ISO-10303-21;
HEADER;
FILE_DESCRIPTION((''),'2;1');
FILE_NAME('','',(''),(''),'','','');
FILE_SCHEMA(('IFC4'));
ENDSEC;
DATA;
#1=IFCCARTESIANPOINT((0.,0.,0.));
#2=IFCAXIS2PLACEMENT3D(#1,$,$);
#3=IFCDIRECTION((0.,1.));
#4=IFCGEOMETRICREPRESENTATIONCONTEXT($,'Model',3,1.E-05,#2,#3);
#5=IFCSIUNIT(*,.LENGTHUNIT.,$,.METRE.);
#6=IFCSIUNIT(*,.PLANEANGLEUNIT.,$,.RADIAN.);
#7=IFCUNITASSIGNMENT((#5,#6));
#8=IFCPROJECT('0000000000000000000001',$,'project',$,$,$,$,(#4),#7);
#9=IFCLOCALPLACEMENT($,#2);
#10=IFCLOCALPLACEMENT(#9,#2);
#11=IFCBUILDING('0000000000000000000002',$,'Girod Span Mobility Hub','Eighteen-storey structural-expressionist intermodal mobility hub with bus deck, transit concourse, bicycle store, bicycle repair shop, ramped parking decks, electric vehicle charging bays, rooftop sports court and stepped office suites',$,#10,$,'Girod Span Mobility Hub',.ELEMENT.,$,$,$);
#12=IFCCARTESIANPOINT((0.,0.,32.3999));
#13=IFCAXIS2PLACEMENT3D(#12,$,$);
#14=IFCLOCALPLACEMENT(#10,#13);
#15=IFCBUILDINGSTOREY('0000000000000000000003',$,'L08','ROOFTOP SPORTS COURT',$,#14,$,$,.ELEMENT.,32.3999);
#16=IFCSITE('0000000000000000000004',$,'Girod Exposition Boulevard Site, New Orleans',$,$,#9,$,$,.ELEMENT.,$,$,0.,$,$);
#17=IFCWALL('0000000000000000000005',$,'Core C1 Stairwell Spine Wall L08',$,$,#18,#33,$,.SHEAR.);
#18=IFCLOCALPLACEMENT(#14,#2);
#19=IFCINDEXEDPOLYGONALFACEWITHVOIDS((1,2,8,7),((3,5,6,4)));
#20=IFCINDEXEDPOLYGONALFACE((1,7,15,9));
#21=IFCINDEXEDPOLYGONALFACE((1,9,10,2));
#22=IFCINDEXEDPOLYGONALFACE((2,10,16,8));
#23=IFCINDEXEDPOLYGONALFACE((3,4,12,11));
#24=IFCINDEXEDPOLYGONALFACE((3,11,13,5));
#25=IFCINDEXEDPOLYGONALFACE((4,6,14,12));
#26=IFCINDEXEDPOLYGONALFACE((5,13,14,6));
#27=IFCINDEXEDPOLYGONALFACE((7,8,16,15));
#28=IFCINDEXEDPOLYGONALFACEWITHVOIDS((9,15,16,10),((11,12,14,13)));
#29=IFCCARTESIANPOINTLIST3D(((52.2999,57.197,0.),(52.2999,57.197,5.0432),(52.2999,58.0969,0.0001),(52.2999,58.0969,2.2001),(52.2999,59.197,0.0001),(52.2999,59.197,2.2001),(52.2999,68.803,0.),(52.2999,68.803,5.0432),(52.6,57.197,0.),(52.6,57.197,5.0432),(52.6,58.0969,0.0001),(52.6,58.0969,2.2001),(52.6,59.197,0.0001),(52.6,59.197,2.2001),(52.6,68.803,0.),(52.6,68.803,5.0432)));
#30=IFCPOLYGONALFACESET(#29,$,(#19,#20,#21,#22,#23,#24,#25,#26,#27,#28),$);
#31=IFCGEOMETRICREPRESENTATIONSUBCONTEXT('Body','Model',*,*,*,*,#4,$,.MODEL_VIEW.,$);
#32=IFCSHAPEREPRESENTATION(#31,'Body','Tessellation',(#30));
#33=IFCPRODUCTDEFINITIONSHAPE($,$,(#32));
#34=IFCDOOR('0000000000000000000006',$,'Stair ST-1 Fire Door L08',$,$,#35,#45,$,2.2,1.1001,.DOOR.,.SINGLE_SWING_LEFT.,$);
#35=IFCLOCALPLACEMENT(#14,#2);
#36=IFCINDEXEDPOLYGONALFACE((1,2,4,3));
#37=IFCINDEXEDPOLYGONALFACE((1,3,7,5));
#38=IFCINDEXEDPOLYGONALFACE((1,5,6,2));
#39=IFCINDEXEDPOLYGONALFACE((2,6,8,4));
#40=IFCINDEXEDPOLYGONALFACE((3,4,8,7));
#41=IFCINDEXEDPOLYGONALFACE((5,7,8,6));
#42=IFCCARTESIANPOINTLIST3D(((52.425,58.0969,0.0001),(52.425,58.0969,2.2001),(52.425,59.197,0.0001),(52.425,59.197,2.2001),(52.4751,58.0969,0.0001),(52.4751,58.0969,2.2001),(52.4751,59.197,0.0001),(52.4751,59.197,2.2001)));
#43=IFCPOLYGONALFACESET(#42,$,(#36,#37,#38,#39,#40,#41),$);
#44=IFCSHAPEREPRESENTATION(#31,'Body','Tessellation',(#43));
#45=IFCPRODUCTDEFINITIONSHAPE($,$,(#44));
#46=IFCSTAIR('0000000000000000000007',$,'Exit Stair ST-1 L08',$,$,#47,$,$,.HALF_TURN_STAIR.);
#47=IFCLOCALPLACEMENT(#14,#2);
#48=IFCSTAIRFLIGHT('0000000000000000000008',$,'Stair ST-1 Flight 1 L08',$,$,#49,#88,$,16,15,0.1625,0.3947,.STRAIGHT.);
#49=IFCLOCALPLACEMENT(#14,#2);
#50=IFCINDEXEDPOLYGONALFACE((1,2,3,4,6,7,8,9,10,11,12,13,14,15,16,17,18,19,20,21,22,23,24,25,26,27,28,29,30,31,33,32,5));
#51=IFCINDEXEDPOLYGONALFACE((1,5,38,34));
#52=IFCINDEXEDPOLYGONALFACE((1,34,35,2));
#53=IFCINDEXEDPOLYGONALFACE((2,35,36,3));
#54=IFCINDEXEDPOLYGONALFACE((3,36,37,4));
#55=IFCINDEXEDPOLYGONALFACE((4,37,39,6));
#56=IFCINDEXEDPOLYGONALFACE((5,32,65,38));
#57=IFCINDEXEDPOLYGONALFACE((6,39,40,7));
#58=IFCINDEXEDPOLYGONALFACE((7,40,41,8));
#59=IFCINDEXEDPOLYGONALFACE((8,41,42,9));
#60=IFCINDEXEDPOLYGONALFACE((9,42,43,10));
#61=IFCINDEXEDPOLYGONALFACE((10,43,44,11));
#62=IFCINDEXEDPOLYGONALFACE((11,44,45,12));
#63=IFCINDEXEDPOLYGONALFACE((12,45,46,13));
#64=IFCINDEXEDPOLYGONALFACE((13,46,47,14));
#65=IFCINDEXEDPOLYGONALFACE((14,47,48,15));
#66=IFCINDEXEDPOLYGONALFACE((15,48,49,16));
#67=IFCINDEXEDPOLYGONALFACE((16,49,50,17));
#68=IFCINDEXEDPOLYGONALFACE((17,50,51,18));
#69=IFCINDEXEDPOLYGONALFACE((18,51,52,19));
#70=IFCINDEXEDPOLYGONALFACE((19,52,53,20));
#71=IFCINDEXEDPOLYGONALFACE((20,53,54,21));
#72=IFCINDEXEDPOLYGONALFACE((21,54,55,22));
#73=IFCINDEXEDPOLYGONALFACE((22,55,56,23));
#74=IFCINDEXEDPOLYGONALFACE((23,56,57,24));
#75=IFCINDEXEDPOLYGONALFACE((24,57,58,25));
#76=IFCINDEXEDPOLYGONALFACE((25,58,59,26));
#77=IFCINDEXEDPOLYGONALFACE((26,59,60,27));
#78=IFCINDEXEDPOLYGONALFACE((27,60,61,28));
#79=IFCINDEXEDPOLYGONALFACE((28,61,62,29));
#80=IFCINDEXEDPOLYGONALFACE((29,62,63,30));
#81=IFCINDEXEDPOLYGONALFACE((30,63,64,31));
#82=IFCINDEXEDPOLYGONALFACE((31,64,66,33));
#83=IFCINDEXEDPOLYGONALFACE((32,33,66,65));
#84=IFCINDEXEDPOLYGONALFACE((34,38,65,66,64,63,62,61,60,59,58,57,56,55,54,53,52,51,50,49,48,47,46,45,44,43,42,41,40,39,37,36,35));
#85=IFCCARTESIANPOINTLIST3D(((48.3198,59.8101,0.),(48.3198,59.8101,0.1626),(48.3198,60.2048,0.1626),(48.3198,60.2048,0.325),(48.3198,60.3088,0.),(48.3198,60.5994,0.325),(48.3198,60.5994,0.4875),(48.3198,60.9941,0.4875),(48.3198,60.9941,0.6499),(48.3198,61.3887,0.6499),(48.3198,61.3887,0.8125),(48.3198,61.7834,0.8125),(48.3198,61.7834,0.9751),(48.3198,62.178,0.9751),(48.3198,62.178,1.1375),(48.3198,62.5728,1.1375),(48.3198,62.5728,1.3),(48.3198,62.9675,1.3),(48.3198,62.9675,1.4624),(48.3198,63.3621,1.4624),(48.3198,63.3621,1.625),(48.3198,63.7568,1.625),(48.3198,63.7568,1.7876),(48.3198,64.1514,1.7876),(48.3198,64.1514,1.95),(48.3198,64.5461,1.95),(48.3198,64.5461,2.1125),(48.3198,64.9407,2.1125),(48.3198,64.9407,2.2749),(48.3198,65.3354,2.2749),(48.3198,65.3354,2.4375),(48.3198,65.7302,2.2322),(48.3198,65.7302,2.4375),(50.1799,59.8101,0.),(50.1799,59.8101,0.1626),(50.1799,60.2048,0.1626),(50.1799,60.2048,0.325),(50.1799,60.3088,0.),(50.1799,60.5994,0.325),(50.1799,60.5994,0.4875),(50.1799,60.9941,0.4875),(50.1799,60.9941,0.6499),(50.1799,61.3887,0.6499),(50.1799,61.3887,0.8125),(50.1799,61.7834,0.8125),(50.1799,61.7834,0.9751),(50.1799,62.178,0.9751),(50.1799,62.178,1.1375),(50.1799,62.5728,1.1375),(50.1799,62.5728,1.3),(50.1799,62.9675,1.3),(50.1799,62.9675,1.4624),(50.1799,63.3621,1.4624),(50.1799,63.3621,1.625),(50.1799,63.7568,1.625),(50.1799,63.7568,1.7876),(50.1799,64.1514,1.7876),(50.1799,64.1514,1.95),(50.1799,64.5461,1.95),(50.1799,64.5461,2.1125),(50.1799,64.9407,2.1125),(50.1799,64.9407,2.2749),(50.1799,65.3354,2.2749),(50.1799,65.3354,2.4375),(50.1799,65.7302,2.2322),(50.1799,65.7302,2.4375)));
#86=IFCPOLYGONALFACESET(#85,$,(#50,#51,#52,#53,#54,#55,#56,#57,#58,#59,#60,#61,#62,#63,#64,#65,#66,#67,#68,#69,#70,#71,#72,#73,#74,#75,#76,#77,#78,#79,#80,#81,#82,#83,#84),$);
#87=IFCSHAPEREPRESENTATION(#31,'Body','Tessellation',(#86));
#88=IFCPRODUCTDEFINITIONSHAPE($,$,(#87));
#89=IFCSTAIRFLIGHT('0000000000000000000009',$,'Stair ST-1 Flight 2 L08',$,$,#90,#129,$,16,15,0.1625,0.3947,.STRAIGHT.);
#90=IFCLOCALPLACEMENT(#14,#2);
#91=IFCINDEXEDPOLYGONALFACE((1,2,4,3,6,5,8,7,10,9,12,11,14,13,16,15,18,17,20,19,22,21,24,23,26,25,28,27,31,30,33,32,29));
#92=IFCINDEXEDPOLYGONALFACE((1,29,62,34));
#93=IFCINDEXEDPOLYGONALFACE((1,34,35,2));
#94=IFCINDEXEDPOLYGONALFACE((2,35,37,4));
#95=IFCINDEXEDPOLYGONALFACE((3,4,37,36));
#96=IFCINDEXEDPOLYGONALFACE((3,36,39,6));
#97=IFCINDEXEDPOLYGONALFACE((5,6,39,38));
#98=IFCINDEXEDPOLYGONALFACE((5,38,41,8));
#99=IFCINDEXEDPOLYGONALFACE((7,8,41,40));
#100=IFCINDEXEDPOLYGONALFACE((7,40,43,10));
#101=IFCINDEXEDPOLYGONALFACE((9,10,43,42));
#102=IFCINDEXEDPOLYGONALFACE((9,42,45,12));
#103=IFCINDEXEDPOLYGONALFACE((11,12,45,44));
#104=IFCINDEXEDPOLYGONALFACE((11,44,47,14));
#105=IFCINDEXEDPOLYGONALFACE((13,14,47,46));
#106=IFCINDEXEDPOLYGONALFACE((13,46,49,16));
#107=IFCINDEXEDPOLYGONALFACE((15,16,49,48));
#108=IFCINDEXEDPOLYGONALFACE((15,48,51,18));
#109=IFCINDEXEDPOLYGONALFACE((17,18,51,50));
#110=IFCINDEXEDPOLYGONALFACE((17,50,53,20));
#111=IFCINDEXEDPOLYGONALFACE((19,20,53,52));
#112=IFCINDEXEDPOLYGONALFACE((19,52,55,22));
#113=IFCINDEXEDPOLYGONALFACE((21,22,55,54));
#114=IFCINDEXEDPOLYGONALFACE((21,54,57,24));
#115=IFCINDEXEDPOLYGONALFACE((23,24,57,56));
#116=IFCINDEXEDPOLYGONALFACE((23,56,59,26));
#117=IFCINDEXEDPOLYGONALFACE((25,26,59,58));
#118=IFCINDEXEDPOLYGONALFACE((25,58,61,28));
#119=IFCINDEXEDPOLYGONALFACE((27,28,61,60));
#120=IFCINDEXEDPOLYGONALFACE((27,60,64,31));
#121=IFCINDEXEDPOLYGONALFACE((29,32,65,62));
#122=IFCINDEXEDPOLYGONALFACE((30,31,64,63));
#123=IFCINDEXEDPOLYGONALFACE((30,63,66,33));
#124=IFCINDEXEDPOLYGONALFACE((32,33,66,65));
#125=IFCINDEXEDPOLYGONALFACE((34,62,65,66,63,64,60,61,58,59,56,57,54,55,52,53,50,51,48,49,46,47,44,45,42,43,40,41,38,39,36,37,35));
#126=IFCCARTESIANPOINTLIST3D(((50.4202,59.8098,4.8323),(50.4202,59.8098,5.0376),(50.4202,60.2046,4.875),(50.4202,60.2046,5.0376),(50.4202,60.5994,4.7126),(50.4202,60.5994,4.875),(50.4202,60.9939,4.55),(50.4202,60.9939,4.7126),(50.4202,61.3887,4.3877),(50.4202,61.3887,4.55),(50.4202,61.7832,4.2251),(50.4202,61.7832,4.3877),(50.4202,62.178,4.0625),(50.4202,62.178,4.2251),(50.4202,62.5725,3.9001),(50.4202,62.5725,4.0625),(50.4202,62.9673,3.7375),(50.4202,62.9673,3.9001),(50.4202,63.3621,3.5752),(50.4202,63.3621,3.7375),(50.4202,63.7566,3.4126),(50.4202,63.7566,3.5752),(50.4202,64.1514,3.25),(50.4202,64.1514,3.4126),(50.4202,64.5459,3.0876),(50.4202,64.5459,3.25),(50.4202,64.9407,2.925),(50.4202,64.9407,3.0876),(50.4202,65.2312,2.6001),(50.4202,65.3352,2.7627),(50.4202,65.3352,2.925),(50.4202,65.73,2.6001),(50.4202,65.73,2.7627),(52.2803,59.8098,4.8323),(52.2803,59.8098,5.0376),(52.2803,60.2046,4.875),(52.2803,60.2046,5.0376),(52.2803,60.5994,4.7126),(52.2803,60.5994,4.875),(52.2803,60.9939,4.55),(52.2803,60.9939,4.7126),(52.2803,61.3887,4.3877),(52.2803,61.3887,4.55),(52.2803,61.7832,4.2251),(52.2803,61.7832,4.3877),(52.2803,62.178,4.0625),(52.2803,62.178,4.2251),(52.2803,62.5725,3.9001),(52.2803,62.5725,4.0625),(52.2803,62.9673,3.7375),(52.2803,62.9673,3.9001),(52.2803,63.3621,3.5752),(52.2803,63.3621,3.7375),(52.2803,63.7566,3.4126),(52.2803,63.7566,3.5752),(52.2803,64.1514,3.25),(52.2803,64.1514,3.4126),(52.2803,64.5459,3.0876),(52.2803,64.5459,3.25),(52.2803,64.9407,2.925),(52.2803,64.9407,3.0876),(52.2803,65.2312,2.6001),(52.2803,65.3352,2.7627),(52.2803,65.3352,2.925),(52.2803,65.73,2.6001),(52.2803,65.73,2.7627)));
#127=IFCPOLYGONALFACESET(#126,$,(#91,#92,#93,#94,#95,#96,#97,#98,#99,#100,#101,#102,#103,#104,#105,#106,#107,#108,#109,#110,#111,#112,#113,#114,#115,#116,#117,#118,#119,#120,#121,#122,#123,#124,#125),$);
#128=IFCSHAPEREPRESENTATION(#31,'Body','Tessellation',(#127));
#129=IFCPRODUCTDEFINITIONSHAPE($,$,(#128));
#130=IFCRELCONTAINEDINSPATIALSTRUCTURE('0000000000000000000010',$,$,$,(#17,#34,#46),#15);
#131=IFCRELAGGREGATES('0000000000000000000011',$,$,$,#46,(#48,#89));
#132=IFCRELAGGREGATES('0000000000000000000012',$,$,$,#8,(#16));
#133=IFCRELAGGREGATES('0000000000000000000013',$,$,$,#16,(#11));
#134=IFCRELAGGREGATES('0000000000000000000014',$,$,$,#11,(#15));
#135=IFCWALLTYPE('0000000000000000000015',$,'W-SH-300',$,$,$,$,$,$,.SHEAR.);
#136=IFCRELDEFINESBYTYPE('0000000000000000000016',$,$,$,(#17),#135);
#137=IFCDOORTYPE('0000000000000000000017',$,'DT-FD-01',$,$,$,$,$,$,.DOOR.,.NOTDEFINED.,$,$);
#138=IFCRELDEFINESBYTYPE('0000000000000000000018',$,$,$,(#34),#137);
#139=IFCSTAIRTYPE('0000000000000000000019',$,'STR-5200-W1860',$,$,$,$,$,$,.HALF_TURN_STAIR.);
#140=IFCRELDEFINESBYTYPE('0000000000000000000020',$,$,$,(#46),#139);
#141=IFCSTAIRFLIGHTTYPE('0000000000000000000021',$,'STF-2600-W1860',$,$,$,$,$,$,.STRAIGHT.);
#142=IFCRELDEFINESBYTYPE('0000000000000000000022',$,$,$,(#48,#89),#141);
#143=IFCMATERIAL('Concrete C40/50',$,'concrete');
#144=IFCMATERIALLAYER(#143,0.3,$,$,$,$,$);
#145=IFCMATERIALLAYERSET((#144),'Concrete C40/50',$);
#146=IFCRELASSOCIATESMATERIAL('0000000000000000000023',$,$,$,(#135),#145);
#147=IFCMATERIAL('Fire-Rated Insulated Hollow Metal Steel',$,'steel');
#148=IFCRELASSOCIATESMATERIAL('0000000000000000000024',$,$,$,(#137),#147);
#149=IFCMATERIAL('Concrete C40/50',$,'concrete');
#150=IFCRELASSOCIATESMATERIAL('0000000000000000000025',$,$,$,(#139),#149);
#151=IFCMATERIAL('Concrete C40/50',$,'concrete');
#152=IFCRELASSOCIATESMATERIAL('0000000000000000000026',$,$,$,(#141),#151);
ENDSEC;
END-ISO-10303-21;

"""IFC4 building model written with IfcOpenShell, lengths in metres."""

from ifc_helpers import new_model, si_unit, direction, frame, frame_2d, origin, place, context, subcontext, project, spatial, polyline, rectangle, outline, extrude, material, layer, layer_set, type_object, element, fill, aggregate, save


model = new_model("IFC4")

# Units and contexts
model_context = context("Model", 3, precision=1e-05, world=origin(), true_north=direction((0.0, 1.0)))
body_context = subcontext(model_context, "Body", "Model", "MODEL_VIEW")
ifc_project = project(units=[si_unit("LENGTHUNIT", "METRE"), si_unit("PLANEANGLEUNIT", "RADIAN")], contexts=[model_context])

# Site, building, storey
site_placement = place(None, origin())
site = spatial("IfcSite", under=ifc_project, at=site_placement, Name="Girod Exposition Boulevard Site, New Orleans", CompositionType="ELEMENT", RefElevation=0.0)
building_placement = place(site_placement, origin())
building = spatial("IfcBuilding", under=site, at=building_placement, Name="Girod Span Mobility Hub", Description="Eighteen-storey structural-expressionist intermodal mobility hub with bus deck, transit concourse, bicycle store, bicycle repair shop, ramped parking decks, electric vehicle charging bays, rooftop sports court and stepped office suites", LongName="Girod Span Mobility Hub", CompositionType="ELEMENT")
storey_placement = place(building_placement, frame((0.0, 0.0, 32.3999)))
storey = spatial("IfcBuildingStorey", under=building, at=storey_placement, Name="L08", Description="ROOFTOP SPORTS COURT", CompositionType="ELEMENT", Elevation=32.3999)

# Wall, opening, door
ifc_material_1 = material(Name="Concrete C40/50", Category="concrete")
ifc_layer_1 = layer(ifc_material_1, 0.3)
ifc_layer_set_1 = layer_set([ifc_layer_1], Name="Concrete C40/50")
wall_type_1 = type_object("IfcWallType", Name="W-SH-300", PredefinedType="SHEAR", material=ifc_layer_set_1)
wall_1_placement = place(storey_placement, frame((52.45, 57.197, 0.0), z_axis=(0.0, 0.0, 1.0), x_axis=(0.0, 1.0, 0.0)))
wall_1 = element("IfcWall", 1, at=wall_1_placement, inside=storey, type_object=wall_type_1, Name="Core C1 Stairwell Spine Wall L08", PredefinedType="SHEAR", context=body_context, shape_type="SweptSolid", body=[
    extrude(rectangle(XDim=11.606, YDim=0.3, at=frame_2d((5.803, 0.0))), origin(), (0.0, 0.0, 1.0), 5.0432),
])
opening_1_placement = place(wall_1_placement, frame((0.8999, 0.0, 0.0)))
opening_1 = element("IfcOpeningElement", 2, at=opening_1_placement, cuts=wall_1, PredefinedType="OPENING", context=body_context, shape_type="SweptSolid", body=[
    extrude(rectangle(XDim=1.1001, YDim=2.2, at=frame_2d((0.55, 1.1001))), frame((0.0, 0.165, 0.0), z_axis=(0.0, -1.0, 0.0), x_axis=(1.0, 0.0, 0.0)), (0.0, 0.0, 1.0), 0.3301),
])
ifc_material_2 = material(Name="Fire-Rated Insulated Hollow Metal Steel", Category="steel")
door_type_1 = type_object("IfcDoorType", Name="DT-FD-01", OperationType="NOTDEFINED", PredefinedType="DOOR", material=ifc_material_2)
door_1_placement = place(opening_1_placement, origin())
door_1 = element("IfcDoor", 3, at=door_1_placement, inside=storey, type_object=door_type_1, Name="Stair ST-1 Fire Door L08", OperationType="SINGLE_SWING_LEFT", OverallHeight=2.2, OverallWidth=1.1001, PredefinedType="DOOR", context=body_context, shape_type="SweptSolid", body=[
    extrude(rectangle(XDim=1.1001, YDim=2.2, at=frame_2d((0.55, 1.1001))), frame((0.0, 0.0249, 0.0), z_axis=(0.0, -1.0, 0.0), x_axis=(1.0, 0.0, 0.0)), (0.0, 0.0, 1.0), 0.05),
])
fill(opening_1, door_1)

# Stair, stair flights
ifc_material_3 = material(Name="Concrete C40/50", Category="concrete")
stair_type = type_object("IfcStairType", Name="STR-5200-W1860", PredefinedType="HALF_TURN_STAIR", material=ifc_material_3)
stair_placement = place(storey_placement, origin())
stair = element("IfcStair", 4, at=stair_placement, inside=storey, type_object=stair_type, Name="Exit Stair ST-1 L08", PredefinedType="HALF_TURN_STAIR")
ifc_material_4 = material(Name="Concrete C40/50", Category="concrete")
stair_flight_type = type_object("IfcStairFlightType", Name="STF-2600-W1860", PredefinedType="STRAIGHT", material=ifc_material_4)
stair_flight_1_placement = place(storey_placement, frame((49.25, 59.8101, 0.0), z_axis=(0.0, 0.0, 1.0), x_axis=(0.0, 1.0, 0.0)))
stair_flight_1 = element("IfcStairFlight", 5, at=stair_flight_1_placement, type_object=stair_flight_type, Name="Stair ST-1 Flight 1 L08", NumberOfRisers=16, NumberOfTreads=15, PredefinedType="STRAIGHT", RiserHeight=0.1625, TreadLength=0.3947, context=body_context, shape_type="SweptSolid", body=[
    extrude(outline(polyline([(0.0, 0.0), (0.0, 0.1626), (0.3948, 0.1626), (0.3948, 0.325), (0.7893, 0.325), (0.7893, 0.4875), (1.1841, 0.4875), (1.1841, 0.6499), (1.5786, 0.6499), (1.5786, 0.8125), (1.9734, 0.8125), (1.9734, 0.9751), (2.3679, 0.9751), (2.3679, 1.1375), (2.7627, 1.1375), (2.7627, 1.3), (3.1575, 1.3), (3.1575, 1.4624), (3.552, 1.4624), (3.552, 1.625), (3.9468, 1.625), (3.9468, 1.7876), (4.3413, 1.7876), (4.3413, 1.95), (4.7361, 1.95), (4.7361, 2.1125), (5.1306, 2.1125), (5.1306, 2.2749), (5.5254, 2.2749), (5.5254, 2.4375), (5.9202, 2.4375), (5.9202, 2.6001), (5.9202, 2.2322), (0.4988, 0.0), (0.0, 0.0)])), frame((0.0, 0.9302, 0.0), z_axis=(0.0, -1.0, 0.0), x_axis=(1.0, 0.0, 0.0)), (0.0, 0.0, 1.0), 1.8601),
])
stair_flight_2_placement = place(storey_placement, frame((51.3501, 65.73, 2.6001), z_axis=(0.0, 0.0, 1.0), x_axis=(0.0, -1.0, 0.0)))
stair_flight_2 = element("IfcStairFlight", 6, at=stair_flight_2_placement, type_object=stair_flight_type, Name="Stair ST-1 Flight 2 L08", NumberOfRisers=16, NumberOfTreads=15, PredefinedType="STRAIGHT", RiserHeight=0.1625, TreadLength=0.3947, context=body_context, shape_type="SweptSolid", body=[
    extrude(outline(polyline([(0.0, 0.0), (0.0, 0.1626), (0.3948, 0.1626), (0.3948, 0.325), (0.7893, 0.325), (0.7893, 0.4875), (1.1841, 0.4875), (1.1841, 0.6499), (1.5786, 0.6499), (1.5786, 0.8125), (1.9734, 0.8125), (1.9734, 0.9751), (2.3679, 0.9751), (2.3679, 1.1375), (2.7627, 1.1375), (2.7627, 1.3), (3.1575, 1.3), (3.1575, 1.4624), (3.552, 1.4624), (3.552, 1.625), (3.9468, 1.625), (3.9468, 1.7876), (4.3413, 1.7876), (4.3413, 1.95), (4.7361, 1.95), (4.7361, 2.1125), (5.1306, 2.1125), (5.1306, 2.2749), (5.5254, 2.2749), (5.5254, 2.4375), (5.9202, 2.4375), (5.9202, 2.6001), (5.9202, 2.2322), (0.4988, 0.0), (0.0, 0.0)])), frame((0.0, 0.9302, 0.0), z_axis=(0.0, -1.0, 0.0), x_axis=(1.0, 0.0, 0.0)), (0.0, 0.0, 1.0), 1.8601),
])
aggregate(stair, [stair_flight_1, stair_flight_2])

save(model, "model.ifc")
